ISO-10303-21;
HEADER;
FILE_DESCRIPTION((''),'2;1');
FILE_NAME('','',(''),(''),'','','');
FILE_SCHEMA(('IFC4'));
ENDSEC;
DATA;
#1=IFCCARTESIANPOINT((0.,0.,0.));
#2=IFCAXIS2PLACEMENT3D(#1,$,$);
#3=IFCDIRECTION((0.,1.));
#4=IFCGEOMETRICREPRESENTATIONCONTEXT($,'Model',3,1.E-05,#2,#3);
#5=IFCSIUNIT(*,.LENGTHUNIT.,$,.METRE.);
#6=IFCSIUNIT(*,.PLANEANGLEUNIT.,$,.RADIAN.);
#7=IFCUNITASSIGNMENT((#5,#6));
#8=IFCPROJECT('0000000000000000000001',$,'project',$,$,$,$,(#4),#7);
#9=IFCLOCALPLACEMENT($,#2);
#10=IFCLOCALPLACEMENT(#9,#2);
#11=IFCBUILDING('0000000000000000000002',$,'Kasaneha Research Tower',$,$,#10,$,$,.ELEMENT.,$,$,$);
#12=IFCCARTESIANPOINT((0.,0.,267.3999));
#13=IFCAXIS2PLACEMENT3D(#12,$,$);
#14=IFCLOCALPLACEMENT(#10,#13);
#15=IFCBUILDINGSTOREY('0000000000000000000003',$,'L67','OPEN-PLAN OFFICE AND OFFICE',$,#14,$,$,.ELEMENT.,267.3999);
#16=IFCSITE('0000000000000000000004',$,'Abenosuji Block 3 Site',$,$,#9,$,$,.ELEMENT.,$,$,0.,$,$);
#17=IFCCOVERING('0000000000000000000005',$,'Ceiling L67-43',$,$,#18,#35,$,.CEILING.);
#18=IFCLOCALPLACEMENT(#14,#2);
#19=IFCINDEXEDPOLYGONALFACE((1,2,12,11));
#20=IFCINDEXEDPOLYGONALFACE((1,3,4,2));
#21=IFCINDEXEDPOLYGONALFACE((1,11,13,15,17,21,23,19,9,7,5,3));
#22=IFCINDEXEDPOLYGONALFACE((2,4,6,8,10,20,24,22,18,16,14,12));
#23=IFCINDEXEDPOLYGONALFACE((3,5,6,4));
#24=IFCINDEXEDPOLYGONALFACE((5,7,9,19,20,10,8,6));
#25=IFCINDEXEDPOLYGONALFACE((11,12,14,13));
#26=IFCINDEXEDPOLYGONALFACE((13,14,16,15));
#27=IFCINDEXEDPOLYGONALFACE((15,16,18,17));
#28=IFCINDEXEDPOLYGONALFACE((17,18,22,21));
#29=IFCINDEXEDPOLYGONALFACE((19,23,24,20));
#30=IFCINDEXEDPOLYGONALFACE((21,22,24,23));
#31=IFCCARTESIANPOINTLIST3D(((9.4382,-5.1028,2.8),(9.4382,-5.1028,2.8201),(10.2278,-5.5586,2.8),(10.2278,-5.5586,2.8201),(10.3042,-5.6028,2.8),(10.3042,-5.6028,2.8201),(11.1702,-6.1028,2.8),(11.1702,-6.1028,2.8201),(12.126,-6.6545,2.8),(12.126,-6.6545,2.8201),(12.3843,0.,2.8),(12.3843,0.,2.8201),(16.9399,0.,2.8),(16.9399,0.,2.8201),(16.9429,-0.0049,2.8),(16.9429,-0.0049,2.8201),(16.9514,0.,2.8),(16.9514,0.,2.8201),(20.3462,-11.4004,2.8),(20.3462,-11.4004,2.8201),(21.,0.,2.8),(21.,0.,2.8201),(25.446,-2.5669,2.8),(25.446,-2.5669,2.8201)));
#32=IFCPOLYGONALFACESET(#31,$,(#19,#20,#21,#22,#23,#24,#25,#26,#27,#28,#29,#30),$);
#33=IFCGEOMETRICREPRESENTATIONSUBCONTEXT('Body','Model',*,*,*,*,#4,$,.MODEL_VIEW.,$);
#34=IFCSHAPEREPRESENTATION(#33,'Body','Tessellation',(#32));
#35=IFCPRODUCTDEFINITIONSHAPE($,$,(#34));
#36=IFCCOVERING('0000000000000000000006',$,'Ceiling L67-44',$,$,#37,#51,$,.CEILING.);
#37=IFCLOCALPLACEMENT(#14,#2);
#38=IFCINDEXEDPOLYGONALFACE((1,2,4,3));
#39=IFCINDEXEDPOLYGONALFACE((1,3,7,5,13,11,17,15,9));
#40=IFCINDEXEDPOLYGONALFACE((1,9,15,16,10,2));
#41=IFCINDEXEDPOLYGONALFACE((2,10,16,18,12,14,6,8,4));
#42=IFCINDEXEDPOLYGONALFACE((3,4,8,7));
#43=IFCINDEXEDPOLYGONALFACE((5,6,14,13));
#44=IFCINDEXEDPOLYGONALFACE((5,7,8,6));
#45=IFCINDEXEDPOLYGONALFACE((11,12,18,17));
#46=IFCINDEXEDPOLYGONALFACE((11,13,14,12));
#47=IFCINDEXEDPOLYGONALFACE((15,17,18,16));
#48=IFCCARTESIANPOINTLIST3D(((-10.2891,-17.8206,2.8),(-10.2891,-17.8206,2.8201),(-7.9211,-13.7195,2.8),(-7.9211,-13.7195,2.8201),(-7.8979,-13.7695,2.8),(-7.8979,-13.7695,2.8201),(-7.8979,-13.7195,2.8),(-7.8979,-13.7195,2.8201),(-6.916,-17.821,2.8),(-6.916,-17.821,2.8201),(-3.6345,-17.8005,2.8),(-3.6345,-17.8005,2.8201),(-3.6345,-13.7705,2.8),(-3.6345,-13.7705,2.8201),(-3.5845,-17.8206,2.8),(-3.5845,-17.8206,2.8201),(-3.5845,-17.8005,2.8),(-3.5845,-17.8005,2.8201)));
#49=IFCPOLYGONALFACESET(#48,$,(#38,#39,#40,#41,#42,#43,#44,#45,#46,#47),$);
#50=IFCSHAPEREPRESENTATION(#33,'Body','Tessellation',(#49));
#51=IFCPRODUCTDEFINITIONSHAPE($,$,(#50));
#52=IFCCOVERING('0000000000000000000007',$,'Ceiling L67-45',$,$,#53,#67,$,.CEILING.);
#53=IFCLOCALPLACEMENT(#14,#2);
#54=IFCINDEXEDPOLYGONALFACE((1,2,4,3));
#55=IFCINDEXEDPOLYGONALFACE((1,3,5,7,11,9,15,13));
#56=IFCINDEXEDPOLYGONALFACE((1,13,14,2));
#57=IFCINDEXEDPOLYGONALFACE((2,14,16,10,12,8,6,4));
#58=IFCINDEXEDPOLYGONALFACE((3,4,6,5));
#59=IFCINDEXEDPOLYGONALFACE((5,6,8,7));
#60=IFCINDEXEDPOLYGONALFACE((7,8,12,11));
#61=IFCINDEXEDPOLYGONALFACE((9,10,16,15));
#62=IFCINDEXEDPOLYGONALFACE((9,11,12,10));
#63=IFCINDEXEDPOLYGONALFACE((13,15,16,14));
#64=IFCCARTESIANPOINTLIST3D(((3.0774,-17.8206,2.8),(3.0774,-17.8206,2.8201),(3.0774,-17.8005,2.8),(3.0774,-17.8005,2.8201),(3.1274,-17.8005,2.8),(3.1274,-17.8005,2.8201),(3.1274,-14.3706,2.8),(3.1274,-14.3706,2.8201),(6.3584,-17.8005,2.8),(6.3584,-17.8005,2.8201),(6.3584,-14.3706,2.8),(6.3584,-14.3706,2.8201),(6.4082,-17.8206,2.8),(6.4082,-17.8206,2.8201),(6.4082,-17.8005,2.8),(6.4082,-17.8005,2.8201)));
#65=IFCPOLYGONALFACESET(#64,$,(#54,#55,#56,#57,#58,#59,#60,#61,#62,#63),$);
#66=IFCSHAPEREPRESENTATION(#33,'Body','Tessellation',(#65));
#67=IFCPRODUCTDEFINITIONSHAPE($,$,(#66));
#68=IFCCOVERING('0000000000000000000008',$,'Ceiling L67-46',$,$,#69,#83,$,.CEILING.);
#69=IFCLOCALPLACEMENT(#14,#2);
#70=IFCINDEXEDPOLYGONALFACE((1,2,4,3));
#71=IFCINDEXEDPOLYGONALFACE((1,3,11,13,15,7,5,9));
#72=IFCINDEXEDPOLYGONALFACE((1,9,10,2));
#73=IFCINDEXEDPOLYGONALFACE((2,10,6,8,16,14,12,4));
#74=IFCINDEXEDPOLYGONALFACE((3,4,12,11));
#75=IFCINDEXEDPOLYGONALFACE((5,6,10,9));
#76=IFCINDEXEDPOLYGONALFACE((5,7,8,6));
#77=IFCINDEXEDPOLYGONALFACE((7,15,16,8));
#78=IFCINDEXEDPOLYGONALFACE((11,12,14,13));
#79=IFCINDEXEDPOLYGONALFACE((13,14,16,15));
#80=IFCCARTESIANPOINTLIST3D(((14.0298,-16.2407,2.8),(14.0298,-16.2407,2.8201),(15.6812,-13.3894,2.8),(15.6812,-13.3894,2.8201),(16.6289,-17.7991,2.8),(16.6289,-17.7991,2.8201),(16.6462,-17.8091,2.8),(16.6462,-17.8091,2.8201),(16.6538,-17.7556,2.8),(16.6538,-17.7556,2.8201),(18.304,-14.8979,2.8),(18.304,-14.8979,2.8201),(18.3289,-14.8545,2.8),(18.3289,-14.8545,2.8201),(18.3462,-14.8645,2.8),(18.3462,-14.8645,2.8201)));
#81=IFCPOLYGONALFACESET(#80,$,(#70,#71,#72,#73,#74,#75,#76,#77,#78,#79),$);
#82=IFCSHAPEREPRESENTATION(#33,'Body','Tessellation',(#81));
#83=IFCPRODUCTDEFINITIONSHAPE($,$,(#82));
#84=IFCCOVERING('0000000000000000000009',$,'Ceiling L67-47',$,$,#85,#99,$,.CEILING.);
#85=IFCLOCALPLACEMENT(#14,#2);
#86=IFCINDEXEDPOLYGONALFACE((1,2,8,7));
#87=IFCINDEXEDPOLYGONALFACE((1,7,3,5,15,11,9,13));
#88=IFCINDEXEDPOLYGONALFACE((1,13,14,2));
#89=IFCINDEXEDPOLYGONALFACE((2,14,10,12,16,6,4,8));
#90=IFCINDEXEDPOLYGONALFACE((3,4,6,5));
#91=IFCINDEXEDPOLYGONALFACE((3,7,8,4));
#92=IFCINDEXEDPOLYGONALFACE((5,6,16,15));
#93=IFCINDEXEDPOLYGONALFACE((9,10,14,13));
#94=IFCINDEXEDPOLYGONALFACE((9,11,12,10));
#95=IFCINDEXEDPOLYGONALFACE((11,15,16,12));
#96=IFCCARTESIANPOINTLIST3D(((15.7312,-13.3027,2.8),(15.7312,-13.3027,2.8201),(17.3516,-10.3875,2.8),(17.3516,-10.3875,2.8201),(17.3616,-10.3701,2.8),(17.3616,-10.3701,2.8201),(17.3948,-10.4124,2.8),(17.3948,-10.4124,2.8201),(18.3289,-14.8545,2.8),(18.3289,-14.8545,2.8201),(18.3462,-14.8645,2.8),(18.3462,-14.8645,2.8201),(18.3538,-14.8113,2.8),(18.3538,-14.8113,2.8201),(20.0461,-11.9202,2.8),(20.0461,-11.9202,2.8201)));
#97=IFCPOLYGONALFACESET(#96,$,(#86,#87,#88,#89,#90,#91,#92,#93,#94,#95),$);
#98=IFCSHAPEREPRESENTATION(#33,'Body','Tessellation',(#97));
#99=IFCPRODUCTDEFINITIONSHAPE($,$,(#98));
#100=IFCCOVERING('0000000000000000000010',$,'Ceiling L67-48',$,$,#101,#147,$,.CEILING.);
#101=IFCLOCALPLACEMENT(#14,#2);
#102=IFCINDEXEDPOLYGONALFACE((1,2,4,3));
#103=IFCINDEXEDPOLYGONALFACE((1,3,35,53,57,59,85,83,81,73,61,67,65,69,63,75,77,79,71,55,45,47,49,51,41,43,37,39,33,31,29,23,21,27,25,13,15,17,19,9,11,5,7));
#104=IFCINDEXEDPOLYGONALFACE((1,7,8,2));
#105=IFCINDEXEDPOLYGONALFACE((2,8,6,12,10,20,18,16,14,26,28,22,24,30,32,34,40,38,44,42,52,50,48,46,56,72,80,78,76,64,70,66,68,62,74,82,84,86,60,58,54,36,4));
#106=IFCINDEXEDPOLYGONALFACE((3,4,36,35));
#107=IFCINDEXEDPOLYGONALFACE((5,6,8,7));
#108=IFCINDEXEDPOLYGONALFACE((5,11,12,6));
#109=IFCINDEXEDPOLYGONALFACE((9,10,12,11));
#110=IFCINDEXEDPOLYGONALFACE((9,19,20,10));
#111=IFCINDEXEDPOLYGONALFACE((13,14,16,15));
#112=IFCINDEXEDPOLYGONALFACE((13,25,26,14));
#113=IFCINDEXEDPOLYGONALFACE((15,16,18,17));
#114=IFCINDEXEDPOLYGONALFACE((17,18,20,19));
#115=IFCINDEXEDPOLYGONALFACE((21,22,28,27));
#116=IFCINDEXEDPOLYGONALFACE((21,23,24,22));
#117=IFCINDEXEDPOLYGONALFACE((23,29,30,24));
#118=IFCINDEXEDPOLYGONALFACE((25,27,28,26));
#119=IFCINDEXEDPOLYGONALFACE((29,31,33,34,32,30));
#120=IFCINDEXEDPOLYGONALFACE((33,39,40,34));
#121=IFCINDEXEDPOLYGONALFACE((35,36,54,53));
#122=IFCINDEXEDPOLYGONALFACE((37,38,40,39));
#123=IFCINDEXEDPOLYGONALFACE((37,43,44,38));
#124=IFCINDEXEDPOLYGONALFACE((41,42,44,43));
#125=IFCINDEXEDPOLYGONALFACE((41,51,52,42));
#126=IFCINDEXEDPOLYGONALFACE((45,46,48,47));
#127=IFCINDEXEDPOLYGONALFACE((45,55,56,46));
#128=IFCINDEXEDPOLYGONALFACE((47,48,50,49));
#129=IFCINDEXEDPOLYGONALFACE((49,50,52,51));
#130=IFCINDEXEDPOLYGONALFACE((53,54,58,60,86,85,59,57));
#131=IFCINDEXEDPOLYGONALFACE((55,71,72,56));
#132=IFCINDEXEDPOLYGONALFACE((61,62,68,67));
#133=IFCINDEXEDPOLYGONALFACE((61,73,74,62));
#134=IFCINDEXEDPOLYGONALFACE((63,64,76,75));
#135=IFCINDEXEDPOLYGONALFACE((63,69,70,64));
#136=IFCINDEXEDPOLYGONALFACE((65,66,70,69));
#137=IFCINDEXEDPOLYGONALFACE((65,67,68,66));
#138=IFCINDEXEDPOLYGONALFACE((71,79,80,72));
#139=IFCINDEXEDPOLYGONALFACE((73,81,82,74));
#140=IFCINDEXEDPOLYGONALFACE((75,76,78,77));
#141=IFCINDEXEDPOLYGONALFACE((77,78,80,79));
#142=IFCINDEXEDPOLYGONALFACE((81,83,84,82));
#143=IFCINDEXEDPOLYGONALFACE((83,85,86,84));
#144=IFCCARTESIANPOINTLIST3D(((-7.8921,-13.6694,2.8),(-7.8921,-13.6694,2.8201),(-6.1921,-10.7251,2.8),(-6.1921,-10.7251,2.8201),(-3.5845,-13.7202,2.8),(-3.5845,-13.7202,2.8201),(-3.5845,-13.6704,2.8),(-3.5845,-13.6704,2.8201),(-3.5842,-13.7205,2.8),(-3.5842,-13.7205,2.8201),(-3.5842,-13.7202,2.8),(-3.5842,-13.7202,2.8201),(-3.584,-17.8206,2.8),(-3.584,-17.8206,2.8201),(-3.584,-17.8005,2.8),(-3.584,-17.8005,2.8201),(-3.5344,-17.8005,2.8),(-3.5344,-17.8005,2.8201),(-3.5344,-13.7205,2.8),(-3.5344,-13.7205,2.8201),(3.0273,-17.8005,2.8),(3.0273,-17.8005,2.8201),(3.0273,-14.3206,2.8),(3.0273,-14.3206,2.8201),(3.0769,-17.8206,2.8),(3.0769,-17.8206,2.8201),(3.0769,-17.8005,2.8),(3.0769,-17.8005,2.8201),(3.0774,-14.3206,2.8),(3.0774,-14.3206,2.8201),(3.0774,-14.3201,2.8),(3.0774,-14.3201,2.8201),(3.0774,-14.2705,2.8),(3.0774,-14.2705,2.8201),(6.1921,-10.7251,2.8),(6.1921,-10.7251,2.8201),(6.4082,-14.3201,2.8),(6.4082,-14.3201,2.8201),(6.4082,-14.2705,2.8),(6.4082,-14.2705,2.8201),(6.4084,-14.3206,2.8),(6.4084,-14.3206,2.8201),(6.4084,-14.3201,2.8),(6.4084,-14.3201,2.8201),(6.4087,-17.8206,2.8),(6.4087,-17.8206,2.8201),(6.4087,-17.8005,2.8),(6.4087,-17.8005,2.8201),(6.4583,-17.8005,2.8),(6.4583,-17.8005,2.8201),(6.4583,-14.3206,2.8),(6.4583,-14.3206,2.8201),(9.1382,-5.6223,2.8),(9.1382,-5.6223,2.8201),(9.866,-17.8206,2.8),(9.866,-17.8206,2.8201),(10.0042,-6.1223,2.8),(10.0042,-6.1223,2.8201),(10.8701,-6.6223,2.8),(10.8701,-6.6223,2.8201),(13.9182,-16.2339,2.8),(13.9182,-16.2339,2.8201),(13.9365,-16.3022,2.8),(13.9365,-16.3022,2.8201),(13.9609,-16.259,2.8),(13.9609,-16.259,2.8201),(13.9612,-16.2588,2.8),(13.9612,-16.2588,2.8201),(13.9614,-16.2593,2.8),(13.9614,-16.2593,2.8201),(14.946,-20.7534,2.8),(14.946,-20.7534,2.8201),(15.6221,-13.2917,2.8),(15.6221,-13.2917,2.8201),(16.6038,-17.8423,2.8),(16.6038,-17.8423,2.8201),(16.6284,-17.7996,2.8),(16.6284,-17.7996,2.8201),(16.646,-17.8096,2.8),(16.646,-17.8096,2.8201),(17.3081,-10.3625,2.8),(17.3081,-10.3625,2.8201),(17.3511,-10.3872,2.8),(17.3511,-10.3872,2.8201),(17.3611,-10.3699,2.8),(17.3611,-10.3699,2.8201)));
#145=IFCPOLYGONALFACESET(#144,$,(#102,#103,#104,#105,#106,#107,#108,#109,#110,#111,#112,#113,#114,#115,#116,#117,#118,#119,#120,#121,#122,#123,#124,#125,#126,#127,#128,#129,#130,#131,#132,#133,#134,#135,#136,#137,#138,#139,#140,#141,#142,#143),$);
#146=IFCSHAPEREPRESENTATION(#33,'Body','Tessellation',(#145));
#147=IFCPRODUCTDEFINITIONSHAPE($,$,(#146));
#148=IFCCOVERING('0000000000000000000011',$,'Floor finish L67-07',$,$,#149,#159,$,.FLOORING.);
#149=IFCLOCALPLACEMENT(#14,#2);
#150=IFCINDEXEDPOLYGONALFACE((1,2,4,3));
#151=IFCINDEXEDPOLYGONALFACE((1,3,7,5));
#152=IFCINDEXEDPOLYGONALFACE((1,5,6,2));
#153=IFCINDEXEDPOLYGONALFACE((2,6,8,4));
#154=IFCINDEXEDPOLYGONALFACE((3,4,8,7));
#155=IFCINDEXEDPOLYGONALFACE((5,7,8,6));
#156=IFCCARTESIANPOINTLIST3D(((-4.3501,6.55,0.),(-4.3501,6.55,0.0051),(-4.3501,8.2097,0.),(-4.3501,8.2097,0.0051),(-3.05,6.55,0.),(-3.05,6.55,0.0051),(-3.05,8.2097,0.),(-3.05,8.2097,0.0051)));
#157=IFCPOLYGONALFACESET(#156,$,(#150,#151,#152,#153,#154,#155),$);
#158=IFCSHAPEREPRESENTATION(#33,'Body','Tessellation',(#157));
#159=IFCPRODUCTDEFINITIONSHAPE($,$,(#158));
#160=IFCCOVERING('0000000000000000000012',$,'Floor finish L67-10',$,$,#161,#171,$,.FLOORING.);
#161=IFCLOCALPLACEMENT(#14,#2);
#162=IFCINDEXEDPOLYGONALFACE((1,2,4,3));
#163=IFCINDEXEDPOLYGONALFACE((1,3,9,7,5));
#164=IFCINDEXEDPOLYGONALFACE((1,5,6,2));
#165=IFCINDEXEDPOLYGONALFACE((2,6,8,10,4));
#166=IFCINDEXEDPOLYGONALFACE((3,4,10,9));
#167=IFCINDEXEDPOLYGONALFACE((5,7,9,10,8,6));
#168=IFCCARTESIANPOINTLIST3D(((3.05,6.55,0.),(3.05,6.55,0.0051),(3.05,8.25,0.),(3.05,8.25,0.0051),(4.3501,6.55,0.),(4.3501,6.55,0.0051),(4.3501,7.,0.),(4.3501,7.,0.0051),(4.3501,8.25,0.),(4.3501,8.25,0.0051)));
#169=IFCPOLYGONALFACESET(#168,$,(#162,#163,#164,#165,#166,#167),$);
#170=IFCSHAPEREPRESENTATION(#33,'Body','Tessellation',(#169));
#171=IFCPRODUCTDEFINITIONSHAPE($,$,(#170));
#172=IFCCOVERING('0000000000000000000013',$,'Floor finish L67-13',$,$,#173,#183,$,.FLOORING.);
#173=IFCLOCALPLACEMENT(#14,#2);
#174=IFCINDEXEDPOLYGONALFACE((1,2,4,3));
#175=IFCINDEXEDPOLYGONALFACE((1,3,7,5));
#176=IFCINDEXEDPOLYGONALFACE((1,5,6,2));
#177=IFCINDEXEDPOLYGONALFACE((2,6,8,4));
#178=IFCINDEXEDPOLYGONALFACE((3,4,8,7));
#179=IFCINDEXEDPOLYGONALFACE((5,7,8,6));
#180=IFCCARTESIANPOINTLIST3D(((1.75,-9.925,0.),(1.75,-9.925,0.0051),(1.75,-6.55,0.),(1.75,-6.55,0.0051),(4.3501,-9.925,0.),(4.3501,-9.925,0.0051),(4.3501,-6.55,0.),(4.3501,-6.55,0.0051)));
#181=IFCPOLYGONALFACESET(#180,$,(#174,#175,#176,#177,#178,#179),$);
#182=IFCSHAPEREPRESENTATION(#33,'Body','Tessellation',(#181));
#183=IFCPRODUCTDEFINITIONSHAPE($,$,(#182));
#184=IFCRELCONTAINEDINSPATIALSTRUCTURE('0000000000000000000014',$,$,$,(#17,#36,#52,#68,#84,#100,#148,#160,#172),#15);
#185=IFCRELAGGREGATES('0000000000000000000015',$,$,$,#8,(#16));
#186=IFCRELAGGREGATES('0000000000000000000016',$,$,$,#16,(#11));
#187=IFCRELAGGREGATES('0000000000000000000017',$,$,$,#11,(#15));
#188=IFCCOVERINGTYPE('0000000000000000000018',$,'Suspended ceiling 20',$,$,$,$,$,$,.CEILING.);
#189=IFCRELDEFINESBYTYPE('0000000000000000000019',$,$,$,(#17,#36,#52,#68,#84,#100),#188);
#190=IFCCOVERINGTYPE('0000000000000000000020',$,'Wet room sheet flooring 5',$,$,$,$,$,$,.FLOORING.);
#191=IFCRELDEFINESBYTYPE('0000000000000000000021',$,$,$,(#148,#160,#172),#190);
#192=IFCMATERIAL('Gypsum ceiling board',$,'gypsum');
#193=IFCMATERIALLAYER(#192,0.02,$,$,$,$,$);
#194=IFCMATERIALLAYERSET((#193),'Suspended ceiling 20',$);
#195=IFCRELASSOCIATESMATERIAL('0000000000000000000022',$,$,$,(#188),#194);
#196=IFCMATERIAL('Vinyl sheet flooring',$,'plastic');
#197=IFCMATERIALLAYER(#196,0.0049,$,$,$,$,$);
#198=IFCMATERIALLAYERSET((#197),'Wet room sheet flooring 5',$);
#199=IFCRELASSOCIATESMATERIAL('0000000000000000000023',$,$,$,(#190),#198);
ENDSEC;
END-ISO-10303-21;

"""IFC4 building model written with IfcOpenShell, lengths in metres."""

from ifc_helpers import new_model, si_unit, direction, frame, origin, place, context, subcontext, project, spatial, polyline, outline, extrude, material, layer, layer_set, type_object, element, save


model = new_model("IFC4")

# Units and contexts
model_context = context("Model", 3, precision=1e-05, world=origin(), true_north=direction((0.0, 1.0)))
body_context = subcontext(model_context, "Body", "Model", "MODEL_VIEW")
ifc_project = project(units=[si_unit("LENGTHUNIT", "METRE"), si_unit("PLANEANGLEUNIT", "RADIAN")], contexts=[model_context])

# Site, building, storey
site_placement = place(None, origin())
site = spatial("IfcSite", under=ifc_project, at=site_placement, Name="Abenosuji Block 3 Site", CompositionType="ELEMENT", RefElevation=0.0)
building_placement = place(site_placement, origin())
building = spatial("IfcBuilding", under=site, at=building_placement, Name="Kasaneha Research Tower", CompositionType="ELEMENT")
storey_placement = place(building_placement, frame((0.0, 0.0, 267.3999)))
storey = spatial("IfcBuildingStorey", under=building, at=storey_placement, Name="L67", Description="OPEN-PLAN OFFICE AND OFFICE", CompositionType="ELEMENT", Elevation=267.3999)

# Coverings
ifc_material_1 = material(Name="Gypsum ceiling board", Category="gypsum")
ifc_layer_1 = layer(ifc_material_1, 0.02)
ifc_layer_set_1 = layer_set([ifc_layer_1], Name="Suspended ceiling 20")
covering_type_1 = type_object("IfcCoveringType", Name="Suspended ceiling 20", PredefinedType="CEILING", material=ifc_layer_set_1)
covering_1_placement = place(storey_placement, frame((0.0, 0.0, 2.8)))
element("IfcCovering", 1, at=covering_1_placement, inside=storey, type_object=covering_type_1, Name="Ceiling L67-43", PredefinedType="CEILING", context=body_context, shape_type="SweptSolid", body=[
    extrude(outline(polyline([(11.1702, -6.1028), (10.3042, -5.6028), (10.2278, -5.5586), (9.4382, -5.1028), (12.3843, 0.0), (16.9399, 0.0), (16.9429, -0.0049), (16.9514, 0.0), (21.0, 0.0), (25.446, -2.5669), (20.3462, -11.4004), (12.126, -6.6545), (11.1702, -6.1028)])), origin(), (0.0, 0.0, 1.0), 0.02),
])
covering_2_placement = place(storey_placement, frame((0.0, 0.0, 2.8)))
element("IfcCovering", 2, at=covering_2_placement, inside=storey, type_object=covering_type_1, Name="Ceiling L67-44", PredefinedType="CEILING", context=body_context, shape_type="SweptSolid", body=[
    extrude(outline(polyline([(-10.2891, -17.8206), (-7.9211, -13.7195), (-7.8979, -13.7195), (-7.8979, -13.7695), (-3.6345, -13.7705), (-3.6345, -17.8005), (-3.5845, -17.8005), (-3.5845, -17.8206), (-6.916, -17.821), (-10.2891, -17.8206)])), origin(), (0.0, 0.0, 1.0), 0.02),
])
covering_3_placement = place(storey_placement, frame((0.0, 0.0, 2.8)))
element("IfcCovering", 3, at=covering_3_placement, inside=storey, type_object=covering_type_1, Name="Ceiling L67-45", PredefinedType="CEILING", context=body_context, shape_type="SweptSolid", body=[
    extrude(outline(polyline([(3.0774, -17.8206), (3.0774, -17.8005), (3.1274, -17.8005), (3.1274, -14.3706), (6.3584, -14.3706), (6.3584, -17.8005), (6.4082, -17.8005), (6.4082, -17.8206), (3.0774, -17.8206)])), origin(), (0.0, 0.0, 1.0), 0.02),
])
covering_4_placement = place(storey_placement, frame((0.0, 0.0, 2.8)))
element("IfcCovering", 4, at=covering_4_placement, inside=storey, type_object=covering_type_1, Name="Ceiling L67-46", PredefinedType="CEILING", context=body_context, shape_type="SweptSolid", body=[
    extrude(outline(polyline([(16.6462, -17.8091), (16.6289, -17.7991), (16.6538, -17.7556), (14.0298, -16.2407), (15.6812, -13.3894), (18.304, -14.8979), (18.3289, -14.8545), (18.3462, -14.8645), (16.6462, -17.8091)])), origin(), (0.0, 0.0, 1.0), 0.02),
])
covering_5_placement = place(storey_placement, frame((0.0, 0.0, 2.8)))
element("IfcCovering", 5, at=covering_5_placement, inside=storey, type_object=covering_type_1, Name="Ceiling L67-47", PredefinedType="CEILING", context=body_context, shape_type="SweptSolid", body=[
    extrude(outline(polyline([(18.3462, -14.8645), (18.3289, -14.8545), (18.3538, -14.8113), (15.7312, -13.3027), (17.3948, -10.4124), (17.3516, -10.3875), (17.3616, -10.3701), (20.0461, -11.9202), (18.3462, -14.8645)])), origin(), (0.0, 0.0, 1.0), 0.02),
])
covering_6_placement = place(storey_placement, frame((0.0, 0.0, 2.8)))
element("IfcCovering", 6, at=covering_6_placement, inside=storey, type_object=covering_type_1, Name="Ceiling L67-48", PredefinedType="CEILING", context=body_context, shape_type="SweptSolid", body=[
    extrude(outline(polyline([(9.1382, -5.6223), (10.0042, -6.1223), (10.0042, -6.1223), (10.8701, -6.6223), (10.8701, -6.6223), (17.3611, -10.3699), (17.3511, -10.3872), (17.3081, -10.3625), (15.6221, -13.2917), (13.9182, -16.2339), (13.9612, -16.2588), (13.9609, -16.259), (13.9614, -16.2593), (13.9365, -16.3022), (16.6038, -17.8423), (16.6284, -17.7996), (16.646, -17.8096), (14.946, -20.7534), (9.866, -17.8206), (6.4087, -17.8206), (6.4087, -17.8005), (6.4583, -17.8005), (6.4583, -14.3206), (6.4084, -14.3206), (6.4084, -14.3201), (6.4082, -14.3201), (6.4082, -14.2705), (3.0774, -14.2705), (3.0774, -14.3201), (3.0774, -14.3201), (3.0774, -14.3206), (3.0273, -14.3206), (3.0273, -17.8005), (3.0769, -17.8005), (3.0769, -17.8206), (-3.584, -17.8206), (-3.584, -17.8005), (-3.5344, -17.8005), (-3.5344, -13.7205), (-3.5842, -13.7205), (-3.5842, -13.7202), (-3.5845, -13.7202), (-3.5845, -13.6704), (-7.8921, -13.6694), (-6.1921, -10.7251), (6.1921, -10.7251), (9.1382, -5.6223)])), origin(), (0.0, 0.0, 1.0), 0.02),
])
ifc_material_2 = material(Name="Vinyl sheet flooring", Category="plastic")
ifc_layer_2 = layer(ifc_material_2, 0.0049)
ifc_layer_set_2 = layer_set([ifc_layer_2], Name="Wet room sheet flooring 5")
covering_type_2 = type_object("IfcCoveringType", Name="Wet room sheet flooring 5", PredefinedType="FLOORING", material=ifc_layer_set_2)
covering_7_placement = place(storey_placement, origin())
element("IfcCovering", 7, at=covering_7_placement, inside=storey, type_object=covering_type_2, Name="Floor finish L67-07", PredefinedType="FLOORING", context=body_context, shape_type="SweptSolid", body=[
    extrude(outline(polyline([(-4.3501, 6.55), (-4.3501, 8.2097), (-3.05, 8.2097), (-3.05, 6.55), (-4.3501, 6.55)])), origin(), (0.0, 0.0, 1.0), 0.0051),
])
covering_8_placement = place(storey_placement, origin())
element("IfcCovering", 8, at=covering_8_placement, inside=storey, type_object=covering_type_2, Name="Floor finish L67-10", PredefinedType="FLOORING", context=body_context, shape_type="SweptSolid", body=[
    extrude(outline(polyline([(3.05, 6.55), (3.05, 8.25), (4.3501, 8.25), (4.3501, 7.0), (4.3501, 6.55), (3.05, 6.55)])), origin(), (0.0, 0.0, 1.0), 0.0051),
])
covering_9_placement = place(storey_placement, origin())
element("IfcCovering", 9, at=covering_9_placement, inside=storey, type_object=covering_type_2, Name="Floor finish L67-13", PredefinedType="FLOORING", context=body_context, shape_type="SweptSolid", body=[
    extrude(outline(polyline([(1.75, -9.925), (1.75, -6.55), (4.3501, -6.55), (4.3501, -9.925), (1.75, -9.925)])), origin(), (0.0, 0.0, 1.0), 0.0051),
])

save(model, "model.ifc")
